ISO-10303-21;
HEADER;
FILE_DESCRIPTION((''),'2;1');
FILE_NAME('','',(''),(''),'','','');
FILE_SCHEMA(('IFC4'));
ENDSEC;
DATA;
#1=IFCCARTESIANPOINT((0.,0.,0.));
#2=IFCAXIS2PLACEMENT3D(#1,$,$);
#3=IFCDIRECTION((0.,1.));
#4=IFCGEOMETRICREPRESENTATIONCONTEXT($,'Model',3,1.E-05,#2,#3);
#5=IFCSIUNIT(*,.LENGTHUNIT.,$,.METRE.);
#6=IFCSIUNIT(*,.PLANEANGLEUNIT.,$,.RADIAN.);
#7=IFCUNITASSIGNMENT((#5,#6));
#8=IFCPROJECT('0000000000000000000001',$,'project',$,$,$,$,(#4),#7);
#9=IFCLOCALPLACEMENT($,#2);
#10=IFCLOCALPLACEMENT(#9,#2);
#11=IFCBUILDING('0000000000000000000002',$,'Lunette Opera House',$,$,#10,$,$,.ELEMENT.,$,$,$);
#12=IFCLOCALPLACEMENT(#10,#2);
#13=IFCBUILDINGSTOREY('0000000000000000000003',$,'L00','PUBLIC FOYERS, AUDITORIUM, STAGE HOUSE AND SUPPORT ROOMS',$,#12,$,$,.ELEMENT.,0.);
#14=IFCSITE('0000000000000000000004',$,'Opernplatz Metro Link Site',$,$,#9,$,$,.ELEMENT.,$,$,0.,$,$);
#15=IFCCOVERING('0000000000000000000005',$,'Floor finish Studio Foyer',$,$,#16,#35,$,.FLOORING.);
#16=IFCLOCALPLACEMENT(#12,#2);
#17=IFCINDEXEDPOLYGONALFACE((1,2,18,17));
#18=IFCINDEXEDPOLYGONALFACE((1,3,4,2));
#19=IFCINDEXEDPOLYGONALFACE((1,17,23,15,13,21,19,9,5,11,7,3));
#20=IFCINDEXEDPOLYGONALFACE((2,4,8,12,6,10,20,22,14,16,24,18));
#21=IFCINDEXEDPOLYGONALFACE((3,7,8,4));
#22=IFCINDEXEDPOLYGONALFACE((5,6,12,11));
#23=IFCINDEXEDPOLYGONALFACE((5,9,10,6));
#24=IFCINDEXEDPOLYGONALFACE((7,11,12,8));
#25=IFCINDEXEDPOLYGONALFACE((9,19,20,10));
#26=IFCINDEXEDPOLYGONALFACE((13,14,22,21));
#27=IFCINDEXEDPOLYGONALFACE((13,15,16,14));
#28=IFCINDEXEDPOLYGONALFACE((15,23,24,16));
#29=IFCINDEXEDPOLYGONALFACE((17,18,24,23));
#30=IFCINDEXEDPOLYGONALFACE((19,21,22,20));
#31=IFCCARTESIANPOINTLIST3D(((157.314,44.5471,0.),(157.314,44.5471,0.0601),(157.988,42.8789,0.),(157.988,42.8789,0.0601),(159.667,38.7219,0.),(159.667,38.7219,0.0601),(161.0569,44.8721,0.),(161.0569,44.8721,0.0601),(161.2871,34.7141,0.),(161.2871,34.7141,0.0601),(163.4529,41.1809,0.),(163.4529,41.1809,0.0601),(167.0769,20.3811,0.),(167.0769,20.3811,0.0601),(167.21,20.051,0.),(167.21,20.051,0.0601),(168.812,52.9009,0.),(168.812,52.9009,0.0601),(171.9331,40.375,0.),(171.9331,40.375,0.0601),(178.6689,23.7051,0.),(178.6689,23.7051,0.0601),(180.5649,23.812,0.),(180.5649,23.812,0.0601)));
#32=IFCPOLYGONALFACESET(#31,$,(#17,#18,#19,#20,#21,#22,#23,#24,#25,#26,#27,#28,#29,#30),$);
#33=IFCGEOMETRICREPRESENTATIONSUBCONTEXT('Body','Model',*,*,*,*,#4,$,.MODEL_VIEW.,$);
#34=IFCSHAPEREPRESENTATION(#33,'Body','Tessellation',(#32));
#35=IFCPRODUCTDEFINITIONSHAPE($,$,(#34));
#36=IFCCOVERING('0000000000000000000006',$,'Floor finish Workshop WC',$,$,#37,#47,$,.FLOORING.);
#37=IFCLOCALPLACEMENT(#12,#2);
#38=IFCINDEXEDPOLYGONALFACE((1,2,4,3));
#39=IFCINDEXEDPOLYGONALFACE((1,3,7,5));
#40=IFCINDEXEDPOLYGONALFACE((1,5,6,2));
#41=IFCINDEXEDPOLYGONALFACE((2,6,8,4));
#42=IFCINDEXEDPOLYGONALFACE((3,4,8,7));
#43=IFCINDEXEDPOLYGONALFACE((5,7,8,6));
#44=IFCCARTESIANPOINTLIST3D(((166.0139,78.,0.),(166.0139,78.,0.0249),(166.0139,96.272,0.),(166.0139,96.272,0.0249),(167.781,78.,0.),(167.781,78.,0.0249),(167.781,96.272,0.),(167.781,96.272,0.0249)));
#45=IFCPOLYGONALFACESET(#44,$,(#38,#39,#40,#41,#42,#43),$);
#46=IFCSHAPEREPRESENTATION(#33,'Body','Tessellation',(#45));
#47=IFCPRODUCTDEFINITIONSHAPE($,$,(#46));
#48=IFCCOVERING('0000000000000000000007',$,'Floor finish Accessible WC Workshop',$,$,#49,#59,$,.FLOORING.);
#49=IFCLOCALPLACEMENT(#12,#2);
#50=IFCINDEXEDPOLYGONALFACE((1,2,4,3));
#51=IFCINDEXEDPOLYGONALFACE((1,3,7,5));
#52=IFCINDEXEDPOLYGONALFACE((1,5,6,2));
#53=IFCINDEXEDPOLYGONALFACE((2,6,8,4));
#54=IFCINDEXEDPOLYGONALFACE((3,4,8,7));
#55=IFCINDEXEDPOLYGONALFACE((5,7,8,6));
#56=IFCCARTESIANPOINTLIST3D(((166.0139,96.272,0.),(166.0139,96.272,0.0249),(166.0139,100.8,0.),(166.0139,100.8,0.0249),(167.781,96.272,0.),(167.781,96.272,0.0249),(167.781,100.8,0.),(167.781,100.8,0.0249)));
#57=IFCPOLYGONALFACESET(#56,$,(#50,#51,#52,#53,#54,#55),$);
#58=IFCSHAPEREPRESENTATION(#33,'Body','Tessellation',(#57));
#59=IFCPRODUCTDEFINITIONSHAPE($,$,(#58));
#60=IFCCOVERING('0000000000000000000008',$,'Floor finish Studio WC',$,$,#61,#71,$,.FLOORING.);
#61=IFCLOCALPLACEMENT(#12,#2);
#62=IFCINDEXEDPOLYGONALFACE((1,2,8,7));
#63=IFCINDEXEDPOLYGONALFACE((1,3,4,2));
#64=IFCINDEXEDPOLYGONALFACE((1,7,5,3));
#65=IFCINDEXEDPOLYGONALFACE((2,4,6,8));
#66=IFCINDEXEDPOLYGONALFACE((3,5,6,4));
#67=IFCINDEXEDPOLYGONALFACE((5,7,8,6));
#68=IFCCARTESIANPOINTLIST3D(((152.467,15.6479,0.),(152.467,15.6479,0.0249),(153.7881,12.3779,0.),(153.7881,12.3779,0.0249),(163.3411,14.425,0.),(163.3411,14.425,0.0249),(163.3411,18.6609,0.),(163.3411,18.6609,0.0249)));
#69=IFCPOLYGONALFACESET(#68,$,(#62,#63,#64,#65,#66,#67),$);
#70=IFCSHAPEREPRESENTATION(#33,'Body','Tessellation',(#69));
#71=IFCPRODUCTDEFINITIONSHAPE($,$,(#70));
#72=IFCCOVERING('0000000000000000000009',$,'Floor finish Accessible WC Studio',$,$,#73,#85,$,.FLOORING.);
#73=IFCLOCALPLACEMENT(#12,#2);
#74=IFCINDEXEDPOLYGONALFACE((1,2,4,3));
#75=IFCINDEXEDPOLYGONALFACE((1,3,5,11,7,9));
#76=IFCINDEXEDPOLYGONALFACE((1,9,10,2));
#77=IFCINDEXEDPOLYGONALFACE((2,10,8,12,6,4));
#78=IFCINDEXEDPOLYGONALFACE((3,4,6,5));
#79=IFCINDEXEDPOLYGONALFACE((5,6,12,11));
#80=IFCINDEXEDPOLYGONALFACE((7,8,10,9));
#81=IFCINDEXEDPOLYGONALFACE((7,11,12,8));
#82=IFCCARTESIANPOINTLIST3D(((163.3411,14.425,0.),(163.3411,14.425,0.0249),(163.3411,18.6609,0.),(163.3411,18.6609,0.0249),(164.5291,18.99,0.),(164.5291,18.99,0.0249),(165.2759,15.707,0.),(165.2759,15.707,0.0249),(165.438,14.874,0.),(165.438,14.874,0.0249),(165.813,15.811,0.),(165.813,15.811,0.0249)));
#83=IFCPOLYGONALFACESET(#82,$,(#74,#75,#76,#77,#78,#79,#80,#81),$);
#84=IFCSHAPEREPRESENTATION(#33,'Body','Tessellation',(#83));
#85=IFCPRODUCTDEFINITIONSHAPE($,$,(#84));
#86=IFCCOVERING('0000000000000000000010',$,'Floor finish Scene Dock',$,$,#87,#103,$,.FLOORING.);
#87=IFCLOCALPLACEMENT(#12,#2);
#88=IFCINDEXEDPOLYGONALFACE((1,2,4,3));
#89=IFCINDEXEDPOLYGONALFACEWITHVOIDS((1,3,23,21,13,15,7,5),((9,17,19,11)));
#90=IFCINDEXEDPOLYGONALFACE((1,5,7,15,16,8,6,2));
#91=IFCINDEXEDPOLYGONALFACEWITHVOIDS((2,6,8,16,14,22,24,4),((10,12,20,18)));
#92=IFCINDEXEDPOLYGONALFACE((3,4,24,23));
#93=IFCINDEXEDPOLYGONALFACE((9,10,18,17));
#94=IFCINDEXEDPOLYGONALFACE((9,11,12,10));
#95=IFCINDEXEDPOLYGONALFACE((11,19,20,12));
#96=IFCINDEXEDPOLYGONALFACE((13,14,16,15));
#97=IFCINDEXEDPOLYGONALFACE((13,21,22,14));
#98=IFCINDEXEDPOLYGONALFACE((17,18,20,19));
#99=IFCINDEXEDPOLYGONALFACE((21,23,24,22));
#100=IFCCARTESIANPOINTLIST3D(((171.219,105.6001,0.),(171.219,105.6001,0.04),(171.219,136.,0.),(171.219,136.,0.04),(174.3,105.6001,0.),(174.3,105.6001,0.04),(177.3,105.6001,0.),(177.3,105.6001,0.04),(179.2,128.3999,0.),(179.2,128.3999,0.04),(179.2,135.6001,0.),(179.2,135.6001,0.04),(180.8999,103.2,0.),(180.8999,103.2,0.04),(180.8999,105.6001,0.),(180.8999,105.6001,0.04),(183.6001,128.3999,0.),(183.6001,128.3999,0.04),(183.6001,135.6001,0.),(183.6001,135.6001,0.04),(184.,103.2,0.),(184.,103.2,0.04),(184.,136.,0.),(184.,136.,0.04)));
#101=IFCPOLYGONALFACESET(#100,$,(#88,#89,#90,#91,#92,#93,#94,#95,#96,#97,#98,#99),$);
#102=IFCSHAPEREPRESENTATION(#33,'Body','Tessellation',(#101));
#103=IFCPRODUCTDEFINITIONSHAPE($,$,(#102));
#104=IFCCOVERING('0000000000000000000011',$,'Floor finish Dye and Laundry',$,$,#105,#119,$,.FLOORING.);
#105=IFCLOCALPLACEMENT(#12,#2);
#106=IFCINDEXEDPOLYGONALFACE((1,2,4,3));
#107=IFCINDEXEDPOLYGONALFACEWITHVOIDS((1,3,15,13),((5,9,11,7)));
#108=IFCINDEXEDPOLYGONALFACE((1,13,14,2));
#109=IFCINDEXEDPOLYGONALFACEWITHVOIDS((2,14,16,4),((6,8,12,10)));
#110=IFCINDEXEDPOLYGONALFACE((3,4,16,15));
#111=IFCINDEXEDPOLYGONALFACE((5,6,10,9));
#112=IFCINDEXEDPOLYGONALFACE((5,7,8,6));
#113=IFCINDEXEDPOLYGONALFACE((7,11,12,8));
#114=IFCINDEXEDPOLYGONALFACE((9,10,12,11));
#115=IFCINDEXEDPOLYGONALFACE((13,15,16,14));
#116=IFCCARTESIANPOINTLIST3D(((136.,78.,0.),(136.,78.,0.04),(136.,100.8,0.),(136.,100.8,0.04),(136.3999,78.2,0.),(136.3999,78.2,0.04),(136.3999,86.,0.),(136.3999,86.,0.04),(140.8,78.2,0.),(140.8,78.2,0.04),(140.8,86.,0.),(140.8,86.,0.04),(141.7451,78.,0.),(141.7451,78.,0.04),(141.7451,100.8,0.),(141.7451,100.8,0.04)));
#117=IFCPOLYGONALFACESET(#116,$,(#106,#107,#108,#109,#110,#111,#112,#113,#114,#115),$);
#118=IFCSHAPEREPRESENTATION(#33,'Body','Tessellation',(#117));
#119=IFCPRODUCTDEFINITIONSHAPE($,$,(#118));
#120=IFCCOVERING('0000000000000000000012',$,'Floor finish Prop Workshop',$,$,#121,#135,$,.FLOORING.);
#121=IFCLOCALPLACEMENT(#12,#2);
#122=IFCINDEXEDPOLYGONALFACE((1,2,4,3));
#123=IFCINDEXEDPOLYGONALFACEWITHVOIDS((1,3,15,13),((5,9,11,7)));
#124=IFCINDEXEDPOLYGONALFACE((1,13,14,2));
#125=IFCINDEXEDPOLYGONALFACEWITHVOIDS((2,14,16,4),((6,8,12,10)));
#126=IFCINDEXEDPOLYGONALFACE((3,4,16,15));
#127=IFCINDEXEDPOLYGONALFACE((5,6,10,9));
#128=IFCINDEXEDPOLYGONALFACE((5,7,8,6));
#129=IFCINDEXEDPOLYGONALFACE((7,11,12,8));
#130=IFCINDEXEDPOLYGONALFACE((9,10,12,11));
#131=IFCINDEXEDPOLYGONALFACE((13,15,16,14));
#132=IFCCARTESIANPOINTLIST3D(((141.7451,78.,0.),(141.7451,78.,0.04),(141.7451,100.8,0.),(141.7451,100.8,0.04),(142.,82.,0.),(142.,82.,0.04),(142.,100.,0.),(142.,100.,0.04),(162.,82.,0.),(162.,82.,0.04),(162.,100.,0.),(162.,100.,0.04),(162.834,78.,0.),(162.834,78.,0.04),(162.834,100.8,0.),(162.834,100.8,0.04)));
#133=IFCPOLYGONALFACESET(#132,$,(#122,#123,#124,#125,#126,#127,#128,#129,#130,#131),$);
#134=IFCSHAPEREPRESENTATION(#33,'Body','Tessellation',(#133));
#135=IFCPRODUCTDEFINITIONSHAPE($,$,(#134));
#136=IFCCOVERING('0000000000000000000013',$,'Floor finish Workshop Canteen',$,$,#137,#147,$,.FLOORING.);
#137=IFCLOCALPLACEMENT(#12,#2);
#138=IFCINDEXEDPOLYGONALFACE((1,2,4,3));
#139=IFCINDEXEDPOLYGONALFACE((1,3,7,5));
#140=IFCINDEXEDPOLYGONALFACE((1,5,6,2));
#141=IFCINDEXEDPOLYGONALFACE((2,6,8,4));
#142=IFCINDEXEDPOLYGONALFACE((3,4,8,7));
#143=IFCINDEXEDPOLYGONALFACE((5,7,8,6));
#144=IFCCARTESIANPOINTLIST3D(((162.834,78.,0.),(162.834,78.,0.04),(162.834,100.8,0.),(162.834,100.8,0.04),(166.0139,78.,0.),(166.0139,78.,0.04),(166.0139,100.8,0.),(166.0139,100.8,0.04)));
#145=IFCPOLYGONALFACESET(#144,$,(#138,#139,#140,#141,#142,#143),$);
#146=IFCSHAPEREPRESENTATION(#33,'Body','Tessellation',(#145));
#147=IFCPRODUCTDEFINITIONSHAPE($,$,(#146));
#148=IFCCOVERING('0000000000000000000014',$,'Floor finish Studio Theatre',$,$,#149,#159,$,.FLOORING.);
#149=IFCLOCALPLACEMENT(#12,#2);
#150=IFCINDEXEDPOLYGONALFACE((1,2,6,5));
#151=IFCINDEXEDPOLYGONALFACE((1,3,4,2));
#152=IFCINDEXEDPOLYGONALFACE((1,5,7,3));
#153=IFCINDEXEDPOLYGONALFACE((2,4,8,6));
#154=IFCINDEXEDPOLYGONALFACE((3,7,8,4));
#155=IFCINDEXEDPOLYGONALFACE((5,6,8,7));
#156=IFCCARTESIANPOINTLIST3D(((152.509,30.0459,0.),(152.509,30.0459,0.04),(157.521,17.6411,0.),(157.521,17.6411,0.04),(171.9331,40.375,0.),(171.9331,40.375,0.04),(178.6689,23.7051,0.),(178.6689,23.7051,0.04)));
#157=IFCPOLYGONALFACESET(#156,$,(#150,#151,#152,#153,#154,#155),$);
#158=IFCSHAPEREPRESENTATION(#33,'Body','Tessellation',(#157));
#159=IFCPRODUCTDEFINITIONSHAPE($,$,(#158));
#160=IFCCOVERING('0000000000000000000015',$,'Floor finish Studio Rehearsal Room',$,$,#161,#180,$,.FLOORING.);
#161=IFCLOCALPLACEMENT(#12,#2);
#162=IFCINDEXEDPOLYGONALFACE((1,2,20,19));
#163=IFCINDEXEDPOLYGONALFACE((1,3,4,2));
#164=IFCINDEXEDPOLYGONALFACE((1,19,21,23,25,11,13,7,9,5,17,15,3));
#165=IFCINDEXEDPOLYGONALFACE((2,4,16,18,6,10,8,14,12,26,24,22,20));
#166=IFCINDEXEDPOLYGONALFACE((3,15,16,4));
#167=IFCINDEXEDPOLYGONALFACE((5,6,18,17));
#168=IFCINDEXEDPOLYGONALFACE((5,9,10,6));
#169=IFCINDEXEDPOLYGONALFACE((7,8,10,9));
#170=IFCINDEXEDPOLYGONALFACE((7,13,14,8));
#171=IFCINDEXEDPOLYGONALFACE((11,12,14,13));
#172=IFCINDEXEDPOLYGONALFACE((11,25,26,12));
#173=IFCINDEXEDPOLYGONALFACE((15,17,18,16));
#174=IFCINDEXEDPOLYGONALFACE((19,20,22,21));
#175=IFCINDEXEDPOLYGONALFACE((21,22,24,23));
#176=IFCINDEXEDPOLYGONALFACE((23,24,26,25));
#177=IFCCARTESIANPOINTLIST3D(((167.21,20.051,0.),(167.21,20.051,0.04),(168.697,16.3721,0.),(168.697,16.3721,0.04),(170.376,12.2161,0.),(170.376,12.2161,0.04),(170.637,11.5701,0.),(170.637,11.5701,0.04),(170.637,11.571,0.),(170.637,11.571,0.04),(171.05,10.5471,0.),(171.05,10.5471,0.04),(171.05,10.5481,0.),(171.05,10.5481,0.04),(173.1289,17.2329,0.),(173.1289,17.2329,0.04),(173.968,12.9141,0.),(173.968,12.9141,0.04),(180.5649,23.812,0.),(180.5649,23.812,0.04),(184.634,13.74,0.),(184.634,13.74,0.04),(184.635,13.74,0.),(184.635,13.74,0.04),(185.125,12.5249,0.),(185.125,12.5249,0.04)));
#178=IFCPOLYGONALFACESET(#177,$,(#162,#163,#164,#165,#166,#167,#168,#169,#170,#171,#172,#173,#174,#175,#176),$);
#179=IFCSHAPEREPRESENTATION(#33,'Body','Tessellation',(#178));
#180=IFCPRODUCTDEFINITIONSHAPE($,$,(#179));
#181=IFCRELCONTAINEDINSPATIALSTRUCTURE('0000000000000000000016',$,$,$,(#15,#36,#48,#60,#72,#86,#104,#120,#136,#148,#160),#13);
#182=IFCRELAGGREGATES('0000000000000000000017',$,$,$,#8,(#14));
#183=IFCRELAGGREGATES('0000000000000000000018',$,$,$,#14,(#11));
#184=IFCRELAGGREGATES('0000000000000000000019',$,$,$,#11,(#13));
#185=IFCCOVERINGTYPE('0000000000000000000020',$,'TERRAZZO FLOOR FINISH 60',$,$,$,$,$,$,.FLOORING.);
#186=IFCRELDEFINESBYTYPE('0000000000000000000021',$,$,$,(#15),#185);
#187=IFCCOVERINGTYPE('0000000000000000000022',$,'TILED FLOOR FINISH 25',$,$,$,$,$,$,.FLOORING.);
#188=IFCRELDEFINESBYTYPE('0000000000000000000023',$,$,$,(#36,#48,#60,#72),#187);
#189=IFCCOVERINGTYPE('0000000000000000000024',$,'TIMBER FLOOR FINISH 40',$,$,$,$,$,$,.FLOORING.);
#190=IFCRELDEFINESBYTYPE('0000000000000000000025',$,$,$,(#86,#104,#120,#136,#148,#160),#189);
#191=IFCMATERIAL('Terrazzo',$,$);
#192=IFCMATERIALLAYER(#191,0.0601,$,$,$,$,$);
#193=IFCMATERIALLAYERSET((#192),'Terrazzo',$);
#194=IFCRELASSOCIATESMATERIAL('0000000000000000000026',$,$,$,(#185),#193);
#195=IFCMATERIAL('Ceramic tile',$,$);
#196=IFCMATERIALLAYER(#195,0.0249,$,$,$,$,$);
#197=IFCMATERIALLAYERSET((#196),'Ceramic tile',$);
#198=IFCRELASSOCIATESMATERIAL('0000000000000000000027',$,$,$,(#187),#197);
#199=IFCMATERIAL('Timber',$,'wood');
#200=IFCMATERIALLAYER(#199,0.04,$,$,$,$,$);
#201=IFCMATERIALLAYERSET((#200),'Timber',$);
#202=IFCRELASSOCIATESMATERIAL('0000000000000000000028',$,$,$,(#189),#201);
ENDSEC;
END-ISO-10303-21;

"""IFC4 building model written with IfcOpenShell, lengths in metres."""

from ifc_helpers import new_model, si_unit, direction, origin, place, context, subcontext, project, spatial, polyline, outline, extrude, material, layer, layer_set, type_object, element, save


model = new_model("IFC4")

# Units and contexts
model_context = context("Model", 3, precision=1e-05, world=origin(), true_north=direction((0.0, 1.0)))
body_context = subcontext(model_context, "Body", "Model", "MODEL_VIEW")
ifc_project = project(units=[si_unit("LENGTHUNIT", "METRE"), si_unit("PLANEANGLEUNIT", "RADIAN")], contexts=[model_context])

# Site, building, storey
site_placement = place(None, origin())
site = spatial("IfcSite", under=ifc_project, at=site_placement, Name="Opernplatz Metro Link Site", CompositionType="ELEMENT", RefElevation=0.0)
building_placement = place(site_placement, origin())
building = spatial("IfcBuilding", under=site, at=building_placement, Name="Lunette Opera House", CompositionType="ELEMENT")
storey_placement = place(building_placement, origin())
storey = spatial("IfcBuildingStorey", under=building, at=storey_placement, Name="L00", Description="PUBLIC FOYERS, AUDITORIUM, STAGE HOUSE AND SUPPORT ROOMS", CompositionType="ELEMENT", Elevation=0.0)

# Coverings
ifc_material_1 = material(Name="Terrazzo")
ifc_layer_1 = layer(ifc_material_1, 0.0601)
ifc_layer_set_1 = layer_set([ifc_layer_1], Name="Terrazzo")
covering_type_1 = type_object("IfcCoveringType", Name="TERRAZZO FLOOR FINISH 60", PredefinedType="FLOORING", material=ifc_layer_set_1)
covering_1_placement = place(storey_placement, origin())
element("IfcCovering", 1, at=covering_1_placement, inside=storey, type_object=covering_type_1, Name="Floor finish Studio Foyer", PredefinedType="FLOORING", context=body_context, shape_type="SweptSolid", body=[
    extrude(outline(polyline([(167.0769, 20.3811), (178.6689, 23.7051), (171.9331, 40.375), (161.2871, 34.7141), (159.667, 38.7219), (163.4529, 41.1809), (161.0569, 44.8721), (157.988, 42.8789), (157.314, 44.5471), (168.812, 52.9009), (180.5649, 23.812), (167.21, 20.051), (167.0769, 20.3811)])), origin(), (0.0, 0.0, 1.0), 0.0601),
])
ifc_material_2 = material(Name="Ceramic tile")
ifc_layer_2 = layer(ifc_material_2, 0.0249)
ifc_layer_set_2 = layer_set([ifc_layer_2], Name="Ceramic tile")
covering_type_2 = type_object("IfcCoveringType", Name="TILED FLOOR FINISH 25", PredefinedType="FLOORING", material=ifc_layer_set_2)
covering_2_placement = place(storey_placement, origin())
element("IfcCovering", 2, at=covering_2_placement, inside=storey, type_object=covering_type_2, Name="Floor finish Workshop WC", PredefinedType="FLOORING", context=body_context, shape_type="SweptSolid", body=[
    extrude(outline(polyline([(166.0139, 96.272), (167.781, 96.272), (167.781, 78.0), (166.0139, 78.0), (166.0139, 96.272)])), origin(), (0.0, 0.0, 1.0), 0.0249),
])
covering_3_placement = place(storey_placement, origin())
element("IfcCovering", 3, at=covering_3_placement, inside=storey, type_object=covering_type_2, Name="Floor finish Accessible WC Workshop", PredefinedType="FLOORING", context=body_context, shape_type="SweptSolid", body=[
    extrude(outline(polyline([(166.0139, 100.8), (167.781, 100.8), (167.781, 96.272), (166.0139, 96.272), (166.0139, 100.8)])), origin(), (0.0, 0.0, 1.0), 0.0249),
])
covering_4_placement = place(storey_placement, origin())
element("IfcCovering", 4, at=covering_4_placement, inside=storey, type_object=covering_type_2, Name="Floor finish Studio WC", PredefinedType="FLOORING", context=body_context, shape_type="SweptSolid", body=[
    extrude(outline(polyline([(153.7881, 12.3779), (152.467, 15.6479), (163.3411, 18.6609), (163.3411, 14.425), (153.7881, 12.3779)])), origin(), (0.0, 0.0, 1.0), 0.0249),
])
covering_5_placement = place(storey_placement, origin())
element("IfcCovering", 5, at=covering_5_placement, inside=storey, type_object=covering_type_2, Name="Floor finish Accessible WC Studio", PredefinedType="FLOORING", context=body_context, shape_type="SweptSolid", body=[
    extrude(outline(polyline([(165.438, 14.874), (163.3411, 14.425), (163.3411, 18.6609), (164.5291, 18.99), (165.813, 15.811), (165.2759, 15.707), (165.438, 14.874)])), origin(), (0.0, 0.0, 1.0), 0.0249),
])
ifc_material_3 = material(Name="Timber", Category="wood")
ifc_layer_3 = layer(ifc_material_3, 0.04)
ifc_layer_set_3 = layer_set([ifc_layer_3], Name="Timber")
covering_type_3 = type_object("IfcCoveringType", Name="TIMBER FLOOR FINISH 40", PredefinedType="FLOORING", material=ifc_layer_set_3)
covering_6_placement = place(storey_placement, origin())
element("IfcCovering", 6, at=covering_6_placement, inside=storey, type_object=covering_type_3, Name="Floor finish Scene Dock", PredefinedType="FLOORING", context=body_context, shape_type="SweptSolid", body=[
    extrude(outline(polyline([(180.8999, 103.2), (180.8999, 105.6001), (177.3, 105.6001), (174.3, 105.6001), (171.219, 105.6001), (171.219, 136.0), (184.0, 136.0), (184.0, 103.2), (180.8999, 103.2)]), holes=[polyline([(183.6001, 135.6001), (179.2, 135.6001), (179.2, 128.3999), (183.6001, 128.3999), (183.6001, 135.6001)])]), origin(), (0.0, 0.0, 1.0), 0.04),
])
covering_7_placement = place(storey_placement, origin())
element("IfcCovering", 7, at=covering_7_placement, inside=storey, type_object=covering_type_3, Name="Floor finish Dye and Laundry", PredefinedType="FLOORING", context=body_context, shape_type="SweptSolid", body=[
    extrude(outline(polyline([(141.7451, 100.8), (141.7451, 78.0), (136.0, 78.0), (136.0, 100.8), (141.7451, 100.8)]), holes=[polyline([(140.8, 86.0), (136.3999, 86.0), (136.3999, 78.2), (140.8, 78.2), (140.8, 86.0)])]), origin(), (0.0, 0.0, 1.0), 0.04),
])
covering_8_placement = place(storey_placement, origin())
element("IfcCovering", 8, at=covering_8_placement, inside=storey, type_object=covering_type_3, Name="Floor finish Prop Workshop", PredefinedType="FLOORING", context=body_context, shape_type="SweptSolid", body=[
    extrude(outline(polyline([(141.7451, 78.0), (141.7451, 100.8), (162.834, 100.8), (162.834, 78.0), (141.7451, 78.0)]), holes=[polyline([(142.0, 100.0), (142.0, 82.0), (162.0, 82.0), (162.0, 100.0), (142.0, 100.0)])]), origin(), (0.0, 0.0, 1.0), 0.04),
])
covering_9_placement = place(storey_placement, origin())
element("IfcCovering", 9, at=covering_9_placement, inside=storey, type_object=covering_type_3, Name="Floor finish Workshop Canteen", PredefinedType="FLOORING", context=body_context, shape_type="SweptSolid", body=[
    extrude(outline(polyline([(162.834, 78.0), (162.834, 100.8), (166.0139, 100.8), (166.0139, 78.0), (162.834, 78.0)])), origin(), (0.0, 0.0, 1.0), 0.04),
])
covering_10_placement = place(storey_placement, origin())
element("IfcCovering", 10, at=covering_10_placement, inside=storey, type_object=covering_type_3, Name="Floor finish Studio Theatre", PredefinedType="FLOORING", context=body_context, shape_type="SweptSolid", body=[
    extrude(outline(polyline([(171.9331, 40.375), (152.509, 30.0459), (157.521, 17.6411), (178.6689, 23.7051), (171.9331, 40.375)])), origin(), (0.0, 0.0, 1.0), 0.04),
])
covering_11_placement = place(storey_placement, origin())
element("IfcCovering", 11, at=covering_11_placement, inside=storey, type_object=covering_type_3, Name="Floor finish Studio Rehearsal Room", PredefinedType="FLOORING", context=body_context, shape_type="SweptSolid", body=[
    extrude(outline(polyline([(173.968, 12.9141), (173.1289, 17.2329), (168.697, 16.3721), (167.21, 20.051), (180.5649, 23.812), (184.634, 13.74), (184.635, 13.74), (185.125, 12.5249), (171.05, 10.5471), (171.05, 10.5481), (170.637, 11.5701), (170.637, 11.571), (170.376, 12.2161), (173.968, 12.9141)])), origin(), (0.0, 0.0, 1.0), 0.04),
])

save(model, "model.ifc")
